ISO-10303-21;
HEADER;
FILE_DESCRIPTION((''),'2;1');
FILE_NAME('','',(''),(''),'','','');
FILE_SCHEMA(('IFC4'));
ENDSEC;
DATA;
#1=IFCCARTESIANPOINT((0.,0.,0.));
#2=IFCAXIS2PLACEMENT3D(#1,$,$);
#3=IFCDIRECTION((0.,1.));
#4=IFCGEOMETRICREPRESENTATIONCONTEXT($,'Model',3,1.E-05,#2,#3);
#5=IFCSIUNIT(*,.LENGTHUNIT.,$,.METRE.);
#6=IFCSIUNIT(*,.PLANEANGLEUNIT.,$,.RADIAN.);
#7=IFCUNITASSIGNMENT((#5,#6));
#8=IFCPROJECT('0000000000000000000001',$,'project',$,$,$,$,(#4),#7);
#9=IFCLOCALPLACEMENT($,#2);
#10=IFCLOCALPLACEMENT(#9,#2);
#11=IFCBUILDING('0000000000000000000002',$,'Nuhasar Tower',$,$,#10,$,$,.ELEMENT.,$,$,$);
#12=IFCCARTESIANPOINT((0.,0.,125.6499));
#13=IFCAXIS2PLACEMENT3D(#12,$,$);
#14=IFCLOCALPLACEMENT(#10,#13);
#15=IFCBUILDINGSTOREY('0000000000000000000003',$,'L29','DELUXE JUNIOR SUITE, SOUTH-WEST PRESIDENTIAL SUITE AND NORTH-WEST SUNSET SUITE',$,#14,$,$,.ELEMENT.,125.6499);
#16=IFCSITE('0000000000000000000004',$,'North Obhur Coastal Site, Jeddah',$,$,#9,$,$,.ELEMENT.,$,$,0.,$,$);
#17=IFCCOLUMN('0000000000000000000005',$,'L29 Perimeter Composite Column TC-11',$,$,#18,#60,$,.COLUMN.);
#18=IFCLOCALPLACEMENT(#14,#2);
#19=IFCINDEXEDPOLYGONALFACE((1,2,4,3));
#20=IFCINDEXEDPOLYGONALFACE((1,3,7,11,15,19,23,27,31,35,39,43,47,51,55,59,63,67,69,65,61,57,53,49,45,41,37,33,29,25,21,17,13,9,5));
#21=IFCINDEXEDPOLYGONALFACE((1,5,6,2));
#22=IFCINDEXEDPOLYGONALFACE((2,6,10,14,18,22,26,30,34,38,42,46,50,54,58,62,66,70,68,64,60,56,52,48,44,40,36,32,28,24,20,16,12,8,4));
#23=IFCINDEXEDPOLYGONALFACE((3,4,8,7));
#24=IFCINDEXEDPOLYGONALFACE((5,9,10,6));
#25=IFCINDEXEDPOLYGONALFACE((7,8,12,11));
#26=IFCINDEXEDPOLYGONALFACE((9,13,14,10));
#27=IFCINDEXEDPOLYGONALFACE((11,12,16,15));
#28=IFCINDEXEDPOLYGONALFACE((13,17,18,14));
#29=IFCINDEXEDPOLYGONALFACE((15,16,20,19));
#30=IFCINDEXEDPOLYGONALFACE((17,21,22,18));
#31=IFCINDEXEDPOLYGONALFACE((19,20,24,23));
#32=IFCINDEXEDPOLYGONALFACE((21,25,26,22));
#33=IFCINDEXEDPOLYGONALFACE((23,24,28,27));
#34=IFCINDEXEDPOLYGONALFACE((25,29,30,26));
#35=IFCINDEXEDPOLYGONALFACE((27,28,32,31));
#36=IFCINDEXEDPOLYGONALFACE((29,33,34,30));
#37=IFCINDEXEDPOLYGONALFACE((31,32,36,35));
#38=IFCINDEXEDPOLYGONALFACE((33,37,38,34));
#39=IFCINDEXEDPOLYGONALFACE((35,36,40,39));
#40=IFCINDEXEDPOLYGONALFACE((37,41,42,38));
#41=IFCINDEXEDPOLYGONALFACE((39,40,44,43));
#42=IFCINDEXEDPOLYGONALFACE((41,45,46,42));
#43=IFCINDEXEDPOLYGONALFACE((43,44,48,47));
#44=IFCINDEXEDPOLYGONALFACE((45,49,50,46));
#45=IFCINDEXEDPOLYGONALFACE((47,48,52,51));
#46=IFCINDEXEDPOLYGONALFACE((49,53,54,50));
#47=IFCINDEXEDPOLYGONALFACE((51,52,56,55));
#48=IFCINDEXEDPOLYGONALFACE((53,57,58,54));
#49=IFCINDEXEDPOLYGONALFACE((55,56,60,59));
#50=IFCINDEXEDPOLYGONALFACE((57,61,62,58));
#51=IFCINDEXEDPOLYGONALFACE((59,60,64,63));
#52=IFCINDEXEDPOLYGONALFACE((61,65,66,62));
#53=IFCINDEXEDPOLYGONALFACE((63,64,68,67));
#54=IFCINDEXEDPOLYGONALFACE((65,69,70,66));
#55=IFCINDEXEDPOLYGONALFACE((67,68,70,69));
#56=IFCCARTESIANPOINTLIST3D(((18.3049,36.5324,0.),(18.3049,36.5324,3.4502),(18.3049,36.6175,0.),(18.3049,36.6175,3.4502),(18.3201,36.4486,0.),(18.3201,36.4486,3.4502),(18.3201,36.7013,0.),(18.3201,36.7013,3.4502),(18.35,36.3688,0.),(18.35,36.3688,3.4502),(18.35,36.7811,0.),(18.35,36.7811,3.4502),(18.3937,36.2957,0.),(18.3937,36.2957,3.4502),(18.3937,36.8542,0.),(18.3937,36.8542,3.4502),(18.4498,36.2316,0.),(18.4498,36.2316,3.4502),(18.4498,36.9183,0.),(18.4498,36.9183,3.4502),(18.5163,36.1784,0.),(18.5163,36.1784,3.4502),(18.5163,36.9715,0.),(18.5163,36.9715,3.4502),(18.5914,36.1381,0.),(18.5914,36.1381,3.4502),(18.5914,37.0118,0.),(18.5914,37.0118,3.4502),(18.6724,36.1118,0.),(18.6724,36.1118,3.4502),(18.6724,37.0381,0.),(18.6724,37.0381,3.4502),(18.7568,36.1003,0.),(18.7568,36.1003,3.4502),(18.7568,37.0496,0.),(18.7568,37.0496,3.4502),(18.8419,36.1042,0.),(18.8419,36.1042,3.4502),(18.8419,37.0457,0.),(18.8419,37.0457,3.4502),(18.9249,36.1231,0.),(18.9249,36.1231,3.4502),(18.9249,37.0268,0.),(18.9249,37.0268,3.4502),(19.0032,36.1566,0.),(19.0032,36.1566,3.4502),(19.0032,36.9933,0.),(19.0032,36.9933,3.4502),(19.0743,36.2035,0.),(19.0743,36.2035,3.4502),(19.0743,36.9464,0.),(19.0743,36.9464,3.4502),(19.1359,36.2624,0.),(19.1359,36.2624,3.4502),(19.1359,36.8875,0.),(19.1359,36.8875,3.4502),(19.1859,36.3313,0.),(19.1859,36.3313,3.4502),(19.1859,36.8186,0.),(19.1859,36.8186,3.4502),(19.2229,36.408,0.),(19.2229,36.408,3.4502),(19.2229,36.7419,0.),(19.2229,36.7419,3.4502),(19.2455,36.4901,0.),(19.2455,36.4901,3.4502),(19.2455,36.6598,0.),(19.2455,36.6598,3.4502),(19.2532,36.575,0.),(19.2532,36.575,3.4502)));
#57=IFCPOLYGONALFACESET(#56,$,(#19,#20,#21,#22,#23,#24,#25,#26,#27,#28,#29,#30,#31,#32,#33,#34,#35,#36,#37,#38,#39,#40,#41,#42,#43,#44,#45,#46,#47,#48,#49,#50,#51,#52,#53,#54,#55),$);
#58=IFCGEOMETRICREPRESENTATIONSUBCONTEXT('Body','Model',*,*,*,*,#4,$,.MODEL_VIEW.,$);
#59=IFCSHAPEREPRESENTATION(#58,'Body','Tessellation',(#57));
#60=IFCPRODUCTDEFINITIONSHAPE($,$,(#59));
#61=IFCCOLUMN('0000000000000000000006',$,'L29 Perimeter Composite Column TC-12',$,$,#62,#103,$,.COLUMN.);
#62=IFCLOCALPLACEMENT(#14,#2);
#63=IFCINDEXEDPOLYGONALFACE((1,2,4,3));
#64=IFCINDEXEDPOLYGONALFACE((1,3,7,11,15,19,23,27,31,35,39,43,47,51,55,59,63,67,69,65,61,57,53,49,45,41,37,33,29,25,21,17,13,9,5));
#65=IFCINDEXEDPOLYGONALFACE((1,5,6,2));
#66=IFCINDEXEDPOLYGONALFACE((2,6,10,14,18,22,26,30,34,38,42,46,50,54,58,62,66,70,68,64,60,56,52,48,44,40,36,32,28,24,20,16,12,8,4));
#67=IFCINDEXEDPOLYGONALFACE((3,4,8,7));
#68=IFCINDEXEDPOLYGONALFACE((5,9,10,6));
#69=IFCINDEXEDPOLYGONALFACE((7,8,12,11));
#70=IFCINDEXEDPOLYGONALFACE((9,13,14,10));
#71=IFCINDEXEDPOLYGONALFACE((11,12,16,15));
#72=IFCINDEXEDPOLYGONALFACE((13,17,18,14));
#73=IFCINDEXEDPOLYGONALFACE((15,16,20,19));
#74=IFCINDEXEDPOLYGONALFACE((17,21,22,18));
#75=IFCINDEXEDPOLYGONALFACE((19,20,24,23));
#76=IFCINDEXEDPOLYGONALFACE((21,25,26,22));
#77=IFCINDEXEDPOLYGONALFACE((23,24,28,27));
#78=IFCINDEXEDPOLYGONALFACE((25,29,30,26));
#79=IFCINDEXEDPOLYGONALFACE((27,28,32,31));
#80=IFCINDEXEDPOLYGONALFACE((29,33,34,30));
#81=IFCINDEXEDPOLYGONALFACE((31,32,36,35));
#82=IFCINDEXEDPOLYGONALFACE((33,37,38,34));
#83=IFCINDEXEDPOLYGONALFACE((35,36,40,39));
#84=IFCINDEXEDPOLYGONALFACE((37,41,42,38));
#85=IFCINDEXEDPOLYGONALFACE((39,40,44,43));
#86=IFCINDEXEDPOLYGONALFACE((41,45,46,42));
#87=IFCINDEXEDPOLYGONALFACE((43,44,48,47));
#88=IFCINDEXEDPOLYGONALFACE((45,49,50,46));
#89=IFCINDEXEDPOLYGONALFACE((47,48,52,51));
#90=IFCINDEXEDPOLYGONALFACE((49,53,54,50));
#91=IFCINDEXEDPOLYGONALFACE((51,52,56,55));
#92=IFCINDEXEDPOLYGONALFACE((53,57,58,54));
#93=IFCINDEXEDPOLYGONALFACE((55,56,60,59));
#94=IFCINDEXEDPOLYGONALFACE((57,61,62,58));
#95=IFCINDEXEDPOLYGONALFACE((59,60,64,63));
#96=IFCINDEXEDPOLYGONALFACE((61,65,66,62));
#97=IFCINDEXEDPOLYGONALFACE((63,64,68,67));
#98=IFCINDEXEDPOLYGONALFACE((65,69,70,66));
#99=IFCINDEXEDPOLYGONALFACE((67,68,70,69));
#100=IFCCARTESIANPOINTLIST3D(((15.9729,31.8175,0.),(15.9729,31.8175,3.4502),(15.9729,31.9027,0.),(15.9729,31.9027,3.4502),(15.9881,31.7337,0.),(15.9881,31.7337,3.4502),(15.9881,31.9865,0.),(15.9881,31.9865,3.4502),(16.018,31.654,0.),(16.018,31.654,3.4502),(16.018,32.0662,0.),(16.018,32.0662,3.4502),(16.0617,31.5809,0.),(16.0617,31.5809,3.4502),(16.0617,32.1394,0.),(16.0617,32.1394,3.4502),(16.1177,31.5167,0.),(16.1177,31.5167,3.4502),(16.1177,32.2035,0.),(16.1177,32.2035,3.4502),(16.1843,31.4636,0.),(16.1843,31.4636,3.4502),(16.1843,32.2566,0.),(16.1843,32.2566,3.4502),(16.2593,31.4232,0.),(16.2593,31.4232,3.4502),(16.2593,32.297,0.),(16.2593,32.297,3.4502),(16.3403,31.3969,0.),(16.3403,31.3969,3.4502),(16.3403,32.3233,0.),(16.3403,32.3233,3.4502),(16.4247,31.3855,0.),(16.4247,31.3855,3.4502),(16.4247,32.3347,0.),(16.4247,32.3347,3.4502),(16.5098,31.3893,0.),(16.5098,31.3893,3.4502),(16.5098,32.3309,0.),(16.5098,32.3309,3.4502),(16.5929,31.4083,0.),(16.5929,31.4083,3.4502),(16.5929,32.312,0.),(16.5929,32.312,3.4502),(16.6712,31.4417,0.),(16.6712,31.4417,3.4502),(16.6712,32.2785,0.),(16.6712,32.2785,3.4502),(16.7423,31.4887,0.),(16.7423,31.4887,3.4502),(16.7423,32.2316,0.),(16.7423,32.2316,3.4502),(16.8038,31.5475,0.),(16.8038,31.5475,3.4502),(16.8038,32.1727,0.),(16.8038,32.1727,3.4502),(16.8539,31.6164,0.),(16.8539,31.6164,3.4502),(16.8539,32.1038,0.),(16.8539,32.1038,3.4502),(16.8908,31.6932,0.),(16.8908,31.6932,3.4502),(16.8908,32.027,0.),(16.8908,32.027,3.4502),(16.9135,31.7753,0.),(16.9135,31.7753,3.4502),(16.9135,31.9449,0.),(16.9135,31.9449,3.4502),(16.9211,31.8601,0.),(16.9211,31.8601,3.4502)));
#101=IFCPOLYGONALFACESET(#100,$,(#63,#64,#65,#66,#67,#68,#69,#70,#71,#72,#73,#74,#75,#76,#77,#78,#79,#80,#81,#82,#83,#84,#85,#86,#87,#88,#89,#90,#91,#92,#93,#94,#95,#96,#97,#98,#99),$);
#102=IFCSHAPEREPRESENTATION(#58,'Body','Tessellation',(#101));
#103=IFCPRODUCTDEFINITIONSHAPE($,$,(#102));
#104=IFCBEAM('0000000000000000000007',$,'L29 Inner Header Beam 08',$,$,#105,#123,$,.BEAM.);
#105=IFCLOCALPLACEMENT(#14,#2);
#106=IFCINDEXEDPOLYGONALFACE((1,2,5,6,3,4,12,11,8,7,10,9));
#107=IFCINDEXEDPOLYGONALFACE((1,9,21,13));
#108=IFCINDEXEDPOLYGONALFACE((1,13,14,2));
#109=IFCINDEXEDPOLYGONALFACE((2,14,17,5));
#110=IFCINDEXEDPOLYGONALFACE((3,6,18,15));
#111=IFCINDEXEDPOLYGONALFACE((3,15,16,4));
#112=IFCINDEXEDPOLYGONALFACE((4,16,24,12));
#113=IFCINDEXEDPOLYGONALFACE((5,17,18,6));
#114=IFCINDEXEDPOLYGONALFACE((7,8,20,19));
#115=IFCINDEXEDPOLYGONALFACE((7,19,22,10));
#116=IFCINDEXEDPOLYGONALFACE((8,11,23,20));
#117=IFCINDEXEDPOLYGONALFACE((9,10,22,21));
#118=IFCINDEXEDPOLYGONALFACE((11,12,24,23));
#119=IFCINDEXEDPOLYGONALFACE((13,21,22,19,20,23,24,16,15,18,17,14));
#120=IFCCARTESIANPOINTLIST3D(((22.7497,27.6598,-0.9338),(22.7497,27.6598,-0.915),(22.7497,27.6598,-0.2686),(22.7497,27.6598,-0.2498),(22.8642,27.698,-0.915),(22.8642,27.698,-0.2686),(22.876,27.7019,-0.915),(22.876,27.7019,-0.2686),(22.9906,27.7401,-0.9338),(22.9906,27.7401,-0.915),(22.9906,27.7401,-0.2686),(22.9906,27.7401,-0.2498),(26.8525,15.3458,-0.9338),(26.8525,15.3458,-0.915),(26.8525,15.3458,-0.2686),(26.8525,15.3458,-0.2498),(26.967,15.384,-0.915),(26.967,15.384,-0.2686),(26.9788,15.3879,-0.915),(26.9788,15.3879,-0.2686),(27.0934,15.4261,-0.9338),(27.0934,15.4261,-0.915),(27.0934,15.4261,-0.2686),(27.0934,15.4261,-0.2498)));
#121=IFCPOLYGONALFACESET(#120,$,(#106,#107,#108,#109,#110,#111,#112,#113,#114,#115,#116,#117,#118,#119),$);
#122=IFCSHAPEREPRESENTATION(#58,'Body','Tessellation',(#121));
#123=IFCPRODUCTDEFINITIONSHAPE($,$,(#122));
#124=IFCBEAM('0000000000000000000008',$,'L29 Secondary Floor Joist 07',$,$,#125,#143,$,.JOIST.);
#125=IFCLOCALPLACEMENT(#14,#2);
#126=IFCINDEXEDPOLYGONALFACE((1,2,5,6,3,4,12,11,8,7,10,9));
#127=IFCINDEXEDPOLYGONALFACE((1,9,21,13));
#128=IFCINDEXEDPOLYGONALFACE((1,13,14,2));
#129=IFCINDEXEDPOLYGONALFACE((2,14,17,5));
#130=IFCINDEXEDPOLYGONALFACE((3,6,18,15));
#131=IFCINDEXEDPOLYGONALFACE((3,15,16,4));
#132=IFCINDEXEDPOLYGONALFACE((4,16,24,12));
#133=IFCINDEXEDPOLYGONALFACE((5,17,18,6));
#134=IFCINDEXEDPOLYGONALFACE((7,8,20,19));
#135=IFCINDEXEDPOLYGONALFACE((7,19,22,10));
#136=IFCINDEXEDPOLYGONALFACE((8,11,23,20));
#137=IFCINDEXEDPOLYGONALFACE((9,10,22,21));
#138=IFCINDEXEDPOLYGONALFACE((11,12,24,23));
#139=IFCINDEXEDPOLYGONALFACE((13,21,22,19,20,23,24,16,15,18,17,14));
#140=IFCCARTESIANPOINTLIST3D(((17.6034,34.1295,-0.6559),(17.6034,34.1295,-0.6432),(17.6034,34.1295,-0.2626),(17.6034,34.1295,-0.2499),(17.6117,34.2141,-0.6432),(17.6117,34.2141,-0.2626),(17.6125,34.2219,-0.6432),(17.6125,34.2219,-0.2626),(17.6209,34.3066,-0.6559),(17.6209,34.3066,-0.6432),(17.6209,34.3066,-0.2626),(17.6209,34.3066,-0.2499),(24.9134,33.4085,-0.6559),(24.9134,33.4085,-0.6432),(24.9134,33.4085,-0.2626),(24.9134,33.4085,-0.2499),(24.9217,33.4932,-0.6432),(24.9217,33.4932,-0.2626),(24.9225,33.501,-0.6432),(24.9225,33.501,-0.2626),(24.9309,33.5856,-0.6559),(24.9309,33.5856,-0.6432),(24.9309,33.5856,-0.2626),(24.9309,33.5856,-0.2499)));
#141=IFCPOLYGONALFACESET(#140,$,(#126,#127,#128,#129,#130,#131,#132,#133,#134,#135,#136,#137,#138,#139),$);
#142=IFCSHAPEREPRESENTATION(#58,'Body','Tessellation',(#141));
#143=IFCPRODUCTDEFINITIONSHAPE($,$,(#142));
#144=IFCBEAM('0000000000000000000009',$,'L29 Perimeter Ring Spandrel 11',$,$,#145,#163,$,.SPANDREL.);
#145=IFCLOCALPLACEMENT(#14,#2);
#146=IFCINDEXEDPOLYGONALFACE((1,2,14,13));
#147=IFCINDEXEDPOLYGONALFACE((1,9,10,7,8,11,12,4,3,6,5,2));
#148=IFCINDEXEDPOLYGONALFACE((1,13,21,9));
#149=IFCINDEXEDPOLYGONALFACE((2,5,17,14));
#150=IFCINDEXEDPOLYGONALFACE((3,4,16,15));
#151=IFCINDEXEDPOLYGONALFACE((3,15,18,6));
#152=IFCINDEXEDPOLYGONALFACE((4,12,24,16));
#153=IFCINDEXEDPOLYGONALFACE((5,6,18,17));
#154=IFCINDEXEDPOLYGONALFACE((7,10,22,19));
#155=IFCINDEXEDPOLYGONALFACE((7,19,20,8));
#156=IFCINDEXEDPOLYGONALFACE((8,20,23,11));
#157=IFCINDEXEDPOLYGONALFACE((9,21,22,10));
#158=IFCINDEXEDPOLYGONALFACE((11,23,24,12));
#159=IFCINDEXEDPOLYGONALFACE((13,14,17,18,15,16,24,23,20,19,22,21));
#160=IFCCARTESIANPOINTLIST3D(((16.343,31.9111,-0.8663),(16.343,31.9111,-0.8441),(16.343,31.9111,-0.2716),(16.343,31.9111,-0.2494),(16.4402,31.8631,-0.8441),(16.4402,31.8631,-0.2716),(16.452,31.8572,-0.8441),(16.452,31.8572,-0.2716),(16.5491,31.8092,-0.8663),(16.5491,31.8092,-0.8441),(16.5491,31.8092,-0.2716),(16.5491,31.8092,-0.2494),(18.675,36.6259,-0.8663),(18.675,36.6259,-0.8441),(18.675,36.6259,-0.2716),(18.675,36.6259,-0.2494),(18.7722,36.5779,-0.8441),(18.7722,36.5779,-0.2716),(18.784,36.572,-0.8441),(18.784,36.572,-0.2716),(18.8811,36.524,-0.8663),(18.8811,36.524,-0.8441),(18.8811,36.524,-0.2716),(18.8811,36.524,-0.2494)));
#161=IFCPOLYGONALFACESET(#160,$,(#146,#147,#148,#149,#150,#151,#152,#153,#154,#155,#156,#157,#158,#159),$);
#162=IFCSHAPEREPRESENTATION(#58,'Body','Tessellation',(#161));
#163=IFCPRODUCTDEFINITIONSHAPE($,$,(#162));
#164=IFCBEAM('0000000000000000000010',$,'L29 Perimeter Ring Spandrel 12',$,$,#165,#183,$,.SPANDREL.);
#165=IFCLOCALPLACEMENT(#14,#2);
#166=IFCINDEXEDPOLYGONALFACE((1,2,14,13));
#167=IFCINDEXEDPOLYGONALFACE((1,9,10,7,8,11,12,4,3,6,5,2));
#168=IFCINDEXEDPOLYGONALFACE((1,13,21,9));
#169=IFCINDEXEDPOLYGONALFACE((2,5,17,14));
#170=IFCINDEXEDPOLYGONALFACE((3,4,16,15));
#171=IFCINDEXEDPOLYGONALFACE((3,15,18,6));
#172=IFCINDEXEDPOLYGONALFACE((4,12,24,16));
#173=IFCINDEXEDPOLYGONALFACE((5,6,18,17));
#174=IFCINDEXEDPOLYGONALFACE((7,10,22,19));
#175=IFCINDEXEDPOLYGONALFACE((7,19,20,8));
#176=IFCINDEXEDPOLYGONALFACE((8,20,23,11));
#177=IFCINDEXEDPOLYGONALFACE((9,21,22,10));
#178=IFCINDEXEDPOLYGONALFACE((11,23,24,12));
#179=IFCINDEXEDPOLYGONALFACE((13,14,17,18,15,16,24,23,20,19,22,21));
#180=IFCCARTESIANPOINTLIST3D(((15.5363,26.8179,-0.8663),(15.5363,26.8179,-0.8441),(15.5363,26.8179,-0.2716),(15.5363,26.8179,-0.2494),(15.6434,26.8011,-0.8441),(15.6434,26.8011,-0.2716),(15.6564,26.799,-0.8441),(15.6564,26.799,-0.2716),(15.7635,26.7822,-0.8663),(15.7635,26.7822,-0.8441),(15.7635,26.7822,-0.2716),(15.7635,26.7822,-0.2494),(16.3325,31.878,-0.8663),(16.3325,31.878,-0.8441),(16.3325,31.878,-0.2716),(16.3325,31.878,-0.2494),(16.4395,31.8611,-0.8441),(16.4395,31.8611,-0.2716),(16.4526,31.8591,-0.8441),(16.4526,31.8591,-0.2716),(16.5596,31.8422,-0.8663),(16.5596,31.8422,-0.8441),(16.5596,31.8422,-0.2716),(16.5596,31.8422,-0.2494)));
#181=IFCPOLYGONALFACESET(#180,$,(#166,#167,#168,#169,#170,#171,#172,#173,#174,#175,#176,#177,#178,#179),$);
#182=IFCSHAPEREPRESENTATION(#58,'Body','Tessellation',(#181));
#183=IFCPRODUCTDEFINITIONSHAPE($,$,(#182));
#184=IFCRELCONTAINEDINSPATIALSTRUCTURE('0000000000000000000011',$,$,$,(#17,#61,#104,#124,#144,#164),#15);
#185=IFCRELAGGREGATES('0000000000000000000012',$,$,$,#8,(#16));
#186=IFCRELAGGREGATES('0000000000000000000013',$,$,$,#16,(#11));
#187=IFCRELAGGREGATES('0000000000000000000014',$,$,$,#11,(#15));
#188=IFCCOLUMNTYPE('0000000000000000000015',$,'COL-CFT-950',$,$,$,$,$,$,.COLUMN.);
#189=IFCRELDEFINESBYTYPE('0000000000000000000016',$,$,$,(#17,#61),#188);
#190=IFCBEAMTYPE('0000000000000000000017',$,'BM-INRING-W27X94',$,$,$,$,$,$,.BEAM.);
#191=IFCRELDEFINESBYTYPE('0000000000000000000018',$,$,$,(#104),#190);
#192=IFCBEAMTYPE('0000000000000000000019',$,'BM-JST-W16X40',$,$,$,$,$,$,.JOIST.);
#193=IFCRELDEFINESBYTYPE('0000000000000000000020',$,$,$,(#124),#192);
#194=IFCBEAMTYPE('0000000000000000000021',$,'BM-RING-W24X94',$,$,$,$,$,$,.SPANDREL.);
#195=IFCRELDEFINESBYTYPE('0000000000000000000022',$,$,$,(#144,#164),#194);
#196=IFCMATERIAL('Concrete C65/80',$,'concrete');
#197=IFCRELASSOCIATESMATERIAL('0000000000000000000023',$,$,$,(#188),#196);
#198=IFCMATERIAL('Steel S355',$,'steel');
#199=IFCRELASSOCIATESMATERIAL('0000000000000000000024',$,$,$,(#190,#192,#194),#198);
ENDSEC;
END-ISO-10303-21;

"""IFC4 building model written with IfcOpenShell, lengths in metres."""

from ifc_helpers import new_model, si_unit, direction, frame, origin, origin_2d, place, context, subcontext, project, spatial, circle, i_section, extrude, material, material_profile, profile_set, type_object, element, save


model = new_model("IFC4")

# Units and contexts
model_context = context("Model", 3, precision=1e-05, world=origin(), true_north=direction((0.0, 1.0)))
body_context = subcontext(model_context, "Body", "Model", "MODEL_VIEW")
ifc_project = project(units=[si_unit("LENGTHUNIT", "METRE"), si_unit("PLANEANGLEUNIT", "RADIAN")], contexts=[model_context])

# Site, building, storey
site_placement = place(None, origin())
site = spatial("IfcSite", under=ifc_project, at=site_placement, Name="North Obhur Coastal Site, Jeddah", CompositionType="ELEMENT", RefElevation=0.0)
building_placement = place(site_placement, origin())
building = spatial("IfcBuilding", under=site, at=building_placement, Name="Nuhasar Tower", CompositionType="ELEMENT")
storey_placement = place(building_placement, frame((0.0, 0.0, 125.6499)))
storey = spatial("IfcBuildingStorey", under=building, at=storey_placement, Name="L29", Description="DELUXE JUNIOR SUITE, SOUTH-WEST PRESIDENTIAL SUITE AND NORTH-WEST SUNSET SUITE", CompositionType="ELEMENT", Elevation=125.6499)

# Columns
ifc_material_1 = material(Name="Concrete C65/80", Category="concrete")
ifc_material_profile_1 = material_profile(ifc_material_1, circle(Radius=0.4751, at=origin_2d()), Name="CFT950")
ifc_profile_set_1 = profile_set([ifc_material_profile_1], Name="Concrete C65/80")
column_type = type_object("IfcColumnType", Name="COL-CFT-950", PredefinedType="COLUMN", material=ifc_profile_set_1)
for number, where, z_axis, x_axis, name in (
    (1, (18.7781, 36.575, 0.0), (0.0, 0.0, 1.0), (1.0, 0.0, 0.0), "L29 Perimeter Composite Column TC-11"),
    (2, (16.446, 31.8601, 0.0), (0.0, 0.0, 1.0), (1.0, 0.0, 0.0), "L29 Perimeter Composite Column TC-12"),
):
    element("IfcColumn", number, at=place(storey_placement, frame(where, z_axis=z_axis, x_axis=x_axis)), inside=storey, type_object=column_type, Name=name, PredefinedType="COLUMN", context=body_context, shape_type="SweptSolid", body=[
        extrude(circle(Radius=0.4751, at=origin_2d()), origin(), (0.0, 0.0, 1.0), 3.4502),
    ])

# Beams
ifc_material_2 = material(Name="Steel S355", Category="steel")
ifc_material_profile_2 = material_profile(ifc_material_2, i_section(OverallWidth=0.2539, OverallDepth=0.6841, WebThickness=0.0125, FlangeThickness=0.0188, at=origin_2d()), Name="W27X94")
ifc_profile_set_2 = profile_set([ifc_material_profile_2], Name="Steel S355")
beam_type_1 = type_object("IfcBeamType", Name="BM-INRING-W27X94", PredefinedType="BEAM", material=ifc_profile_set_2)
beam_1_placement = place(storey_placement, frame((22.8701, 27.7, -0.5918), z_axis=(0.316098, -0.948727, 0.0), x_axis=(0.948727, 0.316098, 0.0)))
element("IfcBeam", 3, at=beam_1_placement, inside=storey, type_object=beam_type_1, Name="L29 Inner Header Beam 08", PredefinedType="BEAM", context=body_context, shape_type="SweptSolid", body=[
    extrude(i_section(OverallWidth=0.2539, OverallDepth=0.6841, WebThickness=0.0125, FlangeThickness=0.0188, at=origin_2d()), origin(), (0.0, 0.0, 1.0), 12.9795),
])
ifc_material_profile_3 = material_profile(ifc_material_2, i_section(OverallWidth=0.178, OverallDepth=0.406, WebThickness=0.0078, FlangeThickness=0.0127, at=origin_2d()), Name="W16X40")
ifc_profile_set_3 = profile_set([ifc_material_profile_3], Name="Steel S355")
beam_type_2 = type_object("IfcBeamType", Name="BM-JST-W16X40", PredefinedType="JOIST", material=ifc_profile_set_3)
beam_2_placement = place(storey_placement, frame((24.9221, 33.4971, -0.4529), z_axis=(-0.995172, 0.098148, 0.0), x_axis=(-0.098148, -0.995172, 0.0)))
element("IfcBeam", 4, at=beam_2_placement, inside=storey, type_object=beam_type_2, Name="L29 Secondary Floor Joist 07", PredefinedType="JOIST", context=body_context, shape_type="SweptSolid", body=[
    extrude(i_section(OverallWidth=0.178, OverallDepth=0.406, WebThickness=0.0078, FlangeThickness=0.0127, at=origin_2d()), origin(), (0.0, 0.0, 1.0), 7.3455),
])
ifc_material_profile_4 = material_profile(ifc_material_2, i_section(OverallWidth=0.23, OverallDepth=0.6169, WebThickness=0.0132, FlangeThickness=0.0222, at=origin_2d()), Name="W24X94")
ifc_profile_set_4 = profile_set([ifc_material_profile_4], Name="Steel S355")
beam_type_3 = type_object("IfcBeamType", Name="BM-RING-W24X94", PredefinedType="SPANDREL", material=ifc_profile_set_4)
beam_3_placement = place(storey_placement, frame((18.7781, 36.575, -0.5579), z_axis=(-0.443348, -0.89635, 0.0), x_axis=(0.89635, -0.443348, 0.0)))
element("IfcBeam", 5, at=beam_3_placement, inside=storey, type_object=beam_type_3, Name="L29 Perimeter Ring Spandrel 11", PredefinedType="SPANDREL", context=body_context, shape_type="SweptSolid", body=[
    extrude(i_section(OverallWidth=0.23, OverallDepth=0.6169, WebThickness=0.0132, FlangeThickness=0.0222, at=origin_2d()), origin(), (0.0, 0.0, 1.0), 5.26),
])
beam_4_placement = place(storey_placement, frame((16.446, 31.8601, -0.5579), z_axis=(-0.155427, -0.987847, 0.0), x_axis=(0.987847, -0.155427, 0.0)))
element("IfcBeam", 6, at=beam_4_placement, inside=storey, type_object=beam_type_3, Name="L29 Perimeter Ring Spandrel 12", PredefinedType="SPANDREL", context=body_context, shape_type="SweptSolid", body=[
    extrude(i_section(OverallWidth=0.23, OverallDepth=0.6169, WebThickness=0.0132, FlangeThickness=0.0222, at=origin_2d()), origin(), (0.0, 0.0, 1.0), 5.1223),
])

save(model, "model.ifc")
